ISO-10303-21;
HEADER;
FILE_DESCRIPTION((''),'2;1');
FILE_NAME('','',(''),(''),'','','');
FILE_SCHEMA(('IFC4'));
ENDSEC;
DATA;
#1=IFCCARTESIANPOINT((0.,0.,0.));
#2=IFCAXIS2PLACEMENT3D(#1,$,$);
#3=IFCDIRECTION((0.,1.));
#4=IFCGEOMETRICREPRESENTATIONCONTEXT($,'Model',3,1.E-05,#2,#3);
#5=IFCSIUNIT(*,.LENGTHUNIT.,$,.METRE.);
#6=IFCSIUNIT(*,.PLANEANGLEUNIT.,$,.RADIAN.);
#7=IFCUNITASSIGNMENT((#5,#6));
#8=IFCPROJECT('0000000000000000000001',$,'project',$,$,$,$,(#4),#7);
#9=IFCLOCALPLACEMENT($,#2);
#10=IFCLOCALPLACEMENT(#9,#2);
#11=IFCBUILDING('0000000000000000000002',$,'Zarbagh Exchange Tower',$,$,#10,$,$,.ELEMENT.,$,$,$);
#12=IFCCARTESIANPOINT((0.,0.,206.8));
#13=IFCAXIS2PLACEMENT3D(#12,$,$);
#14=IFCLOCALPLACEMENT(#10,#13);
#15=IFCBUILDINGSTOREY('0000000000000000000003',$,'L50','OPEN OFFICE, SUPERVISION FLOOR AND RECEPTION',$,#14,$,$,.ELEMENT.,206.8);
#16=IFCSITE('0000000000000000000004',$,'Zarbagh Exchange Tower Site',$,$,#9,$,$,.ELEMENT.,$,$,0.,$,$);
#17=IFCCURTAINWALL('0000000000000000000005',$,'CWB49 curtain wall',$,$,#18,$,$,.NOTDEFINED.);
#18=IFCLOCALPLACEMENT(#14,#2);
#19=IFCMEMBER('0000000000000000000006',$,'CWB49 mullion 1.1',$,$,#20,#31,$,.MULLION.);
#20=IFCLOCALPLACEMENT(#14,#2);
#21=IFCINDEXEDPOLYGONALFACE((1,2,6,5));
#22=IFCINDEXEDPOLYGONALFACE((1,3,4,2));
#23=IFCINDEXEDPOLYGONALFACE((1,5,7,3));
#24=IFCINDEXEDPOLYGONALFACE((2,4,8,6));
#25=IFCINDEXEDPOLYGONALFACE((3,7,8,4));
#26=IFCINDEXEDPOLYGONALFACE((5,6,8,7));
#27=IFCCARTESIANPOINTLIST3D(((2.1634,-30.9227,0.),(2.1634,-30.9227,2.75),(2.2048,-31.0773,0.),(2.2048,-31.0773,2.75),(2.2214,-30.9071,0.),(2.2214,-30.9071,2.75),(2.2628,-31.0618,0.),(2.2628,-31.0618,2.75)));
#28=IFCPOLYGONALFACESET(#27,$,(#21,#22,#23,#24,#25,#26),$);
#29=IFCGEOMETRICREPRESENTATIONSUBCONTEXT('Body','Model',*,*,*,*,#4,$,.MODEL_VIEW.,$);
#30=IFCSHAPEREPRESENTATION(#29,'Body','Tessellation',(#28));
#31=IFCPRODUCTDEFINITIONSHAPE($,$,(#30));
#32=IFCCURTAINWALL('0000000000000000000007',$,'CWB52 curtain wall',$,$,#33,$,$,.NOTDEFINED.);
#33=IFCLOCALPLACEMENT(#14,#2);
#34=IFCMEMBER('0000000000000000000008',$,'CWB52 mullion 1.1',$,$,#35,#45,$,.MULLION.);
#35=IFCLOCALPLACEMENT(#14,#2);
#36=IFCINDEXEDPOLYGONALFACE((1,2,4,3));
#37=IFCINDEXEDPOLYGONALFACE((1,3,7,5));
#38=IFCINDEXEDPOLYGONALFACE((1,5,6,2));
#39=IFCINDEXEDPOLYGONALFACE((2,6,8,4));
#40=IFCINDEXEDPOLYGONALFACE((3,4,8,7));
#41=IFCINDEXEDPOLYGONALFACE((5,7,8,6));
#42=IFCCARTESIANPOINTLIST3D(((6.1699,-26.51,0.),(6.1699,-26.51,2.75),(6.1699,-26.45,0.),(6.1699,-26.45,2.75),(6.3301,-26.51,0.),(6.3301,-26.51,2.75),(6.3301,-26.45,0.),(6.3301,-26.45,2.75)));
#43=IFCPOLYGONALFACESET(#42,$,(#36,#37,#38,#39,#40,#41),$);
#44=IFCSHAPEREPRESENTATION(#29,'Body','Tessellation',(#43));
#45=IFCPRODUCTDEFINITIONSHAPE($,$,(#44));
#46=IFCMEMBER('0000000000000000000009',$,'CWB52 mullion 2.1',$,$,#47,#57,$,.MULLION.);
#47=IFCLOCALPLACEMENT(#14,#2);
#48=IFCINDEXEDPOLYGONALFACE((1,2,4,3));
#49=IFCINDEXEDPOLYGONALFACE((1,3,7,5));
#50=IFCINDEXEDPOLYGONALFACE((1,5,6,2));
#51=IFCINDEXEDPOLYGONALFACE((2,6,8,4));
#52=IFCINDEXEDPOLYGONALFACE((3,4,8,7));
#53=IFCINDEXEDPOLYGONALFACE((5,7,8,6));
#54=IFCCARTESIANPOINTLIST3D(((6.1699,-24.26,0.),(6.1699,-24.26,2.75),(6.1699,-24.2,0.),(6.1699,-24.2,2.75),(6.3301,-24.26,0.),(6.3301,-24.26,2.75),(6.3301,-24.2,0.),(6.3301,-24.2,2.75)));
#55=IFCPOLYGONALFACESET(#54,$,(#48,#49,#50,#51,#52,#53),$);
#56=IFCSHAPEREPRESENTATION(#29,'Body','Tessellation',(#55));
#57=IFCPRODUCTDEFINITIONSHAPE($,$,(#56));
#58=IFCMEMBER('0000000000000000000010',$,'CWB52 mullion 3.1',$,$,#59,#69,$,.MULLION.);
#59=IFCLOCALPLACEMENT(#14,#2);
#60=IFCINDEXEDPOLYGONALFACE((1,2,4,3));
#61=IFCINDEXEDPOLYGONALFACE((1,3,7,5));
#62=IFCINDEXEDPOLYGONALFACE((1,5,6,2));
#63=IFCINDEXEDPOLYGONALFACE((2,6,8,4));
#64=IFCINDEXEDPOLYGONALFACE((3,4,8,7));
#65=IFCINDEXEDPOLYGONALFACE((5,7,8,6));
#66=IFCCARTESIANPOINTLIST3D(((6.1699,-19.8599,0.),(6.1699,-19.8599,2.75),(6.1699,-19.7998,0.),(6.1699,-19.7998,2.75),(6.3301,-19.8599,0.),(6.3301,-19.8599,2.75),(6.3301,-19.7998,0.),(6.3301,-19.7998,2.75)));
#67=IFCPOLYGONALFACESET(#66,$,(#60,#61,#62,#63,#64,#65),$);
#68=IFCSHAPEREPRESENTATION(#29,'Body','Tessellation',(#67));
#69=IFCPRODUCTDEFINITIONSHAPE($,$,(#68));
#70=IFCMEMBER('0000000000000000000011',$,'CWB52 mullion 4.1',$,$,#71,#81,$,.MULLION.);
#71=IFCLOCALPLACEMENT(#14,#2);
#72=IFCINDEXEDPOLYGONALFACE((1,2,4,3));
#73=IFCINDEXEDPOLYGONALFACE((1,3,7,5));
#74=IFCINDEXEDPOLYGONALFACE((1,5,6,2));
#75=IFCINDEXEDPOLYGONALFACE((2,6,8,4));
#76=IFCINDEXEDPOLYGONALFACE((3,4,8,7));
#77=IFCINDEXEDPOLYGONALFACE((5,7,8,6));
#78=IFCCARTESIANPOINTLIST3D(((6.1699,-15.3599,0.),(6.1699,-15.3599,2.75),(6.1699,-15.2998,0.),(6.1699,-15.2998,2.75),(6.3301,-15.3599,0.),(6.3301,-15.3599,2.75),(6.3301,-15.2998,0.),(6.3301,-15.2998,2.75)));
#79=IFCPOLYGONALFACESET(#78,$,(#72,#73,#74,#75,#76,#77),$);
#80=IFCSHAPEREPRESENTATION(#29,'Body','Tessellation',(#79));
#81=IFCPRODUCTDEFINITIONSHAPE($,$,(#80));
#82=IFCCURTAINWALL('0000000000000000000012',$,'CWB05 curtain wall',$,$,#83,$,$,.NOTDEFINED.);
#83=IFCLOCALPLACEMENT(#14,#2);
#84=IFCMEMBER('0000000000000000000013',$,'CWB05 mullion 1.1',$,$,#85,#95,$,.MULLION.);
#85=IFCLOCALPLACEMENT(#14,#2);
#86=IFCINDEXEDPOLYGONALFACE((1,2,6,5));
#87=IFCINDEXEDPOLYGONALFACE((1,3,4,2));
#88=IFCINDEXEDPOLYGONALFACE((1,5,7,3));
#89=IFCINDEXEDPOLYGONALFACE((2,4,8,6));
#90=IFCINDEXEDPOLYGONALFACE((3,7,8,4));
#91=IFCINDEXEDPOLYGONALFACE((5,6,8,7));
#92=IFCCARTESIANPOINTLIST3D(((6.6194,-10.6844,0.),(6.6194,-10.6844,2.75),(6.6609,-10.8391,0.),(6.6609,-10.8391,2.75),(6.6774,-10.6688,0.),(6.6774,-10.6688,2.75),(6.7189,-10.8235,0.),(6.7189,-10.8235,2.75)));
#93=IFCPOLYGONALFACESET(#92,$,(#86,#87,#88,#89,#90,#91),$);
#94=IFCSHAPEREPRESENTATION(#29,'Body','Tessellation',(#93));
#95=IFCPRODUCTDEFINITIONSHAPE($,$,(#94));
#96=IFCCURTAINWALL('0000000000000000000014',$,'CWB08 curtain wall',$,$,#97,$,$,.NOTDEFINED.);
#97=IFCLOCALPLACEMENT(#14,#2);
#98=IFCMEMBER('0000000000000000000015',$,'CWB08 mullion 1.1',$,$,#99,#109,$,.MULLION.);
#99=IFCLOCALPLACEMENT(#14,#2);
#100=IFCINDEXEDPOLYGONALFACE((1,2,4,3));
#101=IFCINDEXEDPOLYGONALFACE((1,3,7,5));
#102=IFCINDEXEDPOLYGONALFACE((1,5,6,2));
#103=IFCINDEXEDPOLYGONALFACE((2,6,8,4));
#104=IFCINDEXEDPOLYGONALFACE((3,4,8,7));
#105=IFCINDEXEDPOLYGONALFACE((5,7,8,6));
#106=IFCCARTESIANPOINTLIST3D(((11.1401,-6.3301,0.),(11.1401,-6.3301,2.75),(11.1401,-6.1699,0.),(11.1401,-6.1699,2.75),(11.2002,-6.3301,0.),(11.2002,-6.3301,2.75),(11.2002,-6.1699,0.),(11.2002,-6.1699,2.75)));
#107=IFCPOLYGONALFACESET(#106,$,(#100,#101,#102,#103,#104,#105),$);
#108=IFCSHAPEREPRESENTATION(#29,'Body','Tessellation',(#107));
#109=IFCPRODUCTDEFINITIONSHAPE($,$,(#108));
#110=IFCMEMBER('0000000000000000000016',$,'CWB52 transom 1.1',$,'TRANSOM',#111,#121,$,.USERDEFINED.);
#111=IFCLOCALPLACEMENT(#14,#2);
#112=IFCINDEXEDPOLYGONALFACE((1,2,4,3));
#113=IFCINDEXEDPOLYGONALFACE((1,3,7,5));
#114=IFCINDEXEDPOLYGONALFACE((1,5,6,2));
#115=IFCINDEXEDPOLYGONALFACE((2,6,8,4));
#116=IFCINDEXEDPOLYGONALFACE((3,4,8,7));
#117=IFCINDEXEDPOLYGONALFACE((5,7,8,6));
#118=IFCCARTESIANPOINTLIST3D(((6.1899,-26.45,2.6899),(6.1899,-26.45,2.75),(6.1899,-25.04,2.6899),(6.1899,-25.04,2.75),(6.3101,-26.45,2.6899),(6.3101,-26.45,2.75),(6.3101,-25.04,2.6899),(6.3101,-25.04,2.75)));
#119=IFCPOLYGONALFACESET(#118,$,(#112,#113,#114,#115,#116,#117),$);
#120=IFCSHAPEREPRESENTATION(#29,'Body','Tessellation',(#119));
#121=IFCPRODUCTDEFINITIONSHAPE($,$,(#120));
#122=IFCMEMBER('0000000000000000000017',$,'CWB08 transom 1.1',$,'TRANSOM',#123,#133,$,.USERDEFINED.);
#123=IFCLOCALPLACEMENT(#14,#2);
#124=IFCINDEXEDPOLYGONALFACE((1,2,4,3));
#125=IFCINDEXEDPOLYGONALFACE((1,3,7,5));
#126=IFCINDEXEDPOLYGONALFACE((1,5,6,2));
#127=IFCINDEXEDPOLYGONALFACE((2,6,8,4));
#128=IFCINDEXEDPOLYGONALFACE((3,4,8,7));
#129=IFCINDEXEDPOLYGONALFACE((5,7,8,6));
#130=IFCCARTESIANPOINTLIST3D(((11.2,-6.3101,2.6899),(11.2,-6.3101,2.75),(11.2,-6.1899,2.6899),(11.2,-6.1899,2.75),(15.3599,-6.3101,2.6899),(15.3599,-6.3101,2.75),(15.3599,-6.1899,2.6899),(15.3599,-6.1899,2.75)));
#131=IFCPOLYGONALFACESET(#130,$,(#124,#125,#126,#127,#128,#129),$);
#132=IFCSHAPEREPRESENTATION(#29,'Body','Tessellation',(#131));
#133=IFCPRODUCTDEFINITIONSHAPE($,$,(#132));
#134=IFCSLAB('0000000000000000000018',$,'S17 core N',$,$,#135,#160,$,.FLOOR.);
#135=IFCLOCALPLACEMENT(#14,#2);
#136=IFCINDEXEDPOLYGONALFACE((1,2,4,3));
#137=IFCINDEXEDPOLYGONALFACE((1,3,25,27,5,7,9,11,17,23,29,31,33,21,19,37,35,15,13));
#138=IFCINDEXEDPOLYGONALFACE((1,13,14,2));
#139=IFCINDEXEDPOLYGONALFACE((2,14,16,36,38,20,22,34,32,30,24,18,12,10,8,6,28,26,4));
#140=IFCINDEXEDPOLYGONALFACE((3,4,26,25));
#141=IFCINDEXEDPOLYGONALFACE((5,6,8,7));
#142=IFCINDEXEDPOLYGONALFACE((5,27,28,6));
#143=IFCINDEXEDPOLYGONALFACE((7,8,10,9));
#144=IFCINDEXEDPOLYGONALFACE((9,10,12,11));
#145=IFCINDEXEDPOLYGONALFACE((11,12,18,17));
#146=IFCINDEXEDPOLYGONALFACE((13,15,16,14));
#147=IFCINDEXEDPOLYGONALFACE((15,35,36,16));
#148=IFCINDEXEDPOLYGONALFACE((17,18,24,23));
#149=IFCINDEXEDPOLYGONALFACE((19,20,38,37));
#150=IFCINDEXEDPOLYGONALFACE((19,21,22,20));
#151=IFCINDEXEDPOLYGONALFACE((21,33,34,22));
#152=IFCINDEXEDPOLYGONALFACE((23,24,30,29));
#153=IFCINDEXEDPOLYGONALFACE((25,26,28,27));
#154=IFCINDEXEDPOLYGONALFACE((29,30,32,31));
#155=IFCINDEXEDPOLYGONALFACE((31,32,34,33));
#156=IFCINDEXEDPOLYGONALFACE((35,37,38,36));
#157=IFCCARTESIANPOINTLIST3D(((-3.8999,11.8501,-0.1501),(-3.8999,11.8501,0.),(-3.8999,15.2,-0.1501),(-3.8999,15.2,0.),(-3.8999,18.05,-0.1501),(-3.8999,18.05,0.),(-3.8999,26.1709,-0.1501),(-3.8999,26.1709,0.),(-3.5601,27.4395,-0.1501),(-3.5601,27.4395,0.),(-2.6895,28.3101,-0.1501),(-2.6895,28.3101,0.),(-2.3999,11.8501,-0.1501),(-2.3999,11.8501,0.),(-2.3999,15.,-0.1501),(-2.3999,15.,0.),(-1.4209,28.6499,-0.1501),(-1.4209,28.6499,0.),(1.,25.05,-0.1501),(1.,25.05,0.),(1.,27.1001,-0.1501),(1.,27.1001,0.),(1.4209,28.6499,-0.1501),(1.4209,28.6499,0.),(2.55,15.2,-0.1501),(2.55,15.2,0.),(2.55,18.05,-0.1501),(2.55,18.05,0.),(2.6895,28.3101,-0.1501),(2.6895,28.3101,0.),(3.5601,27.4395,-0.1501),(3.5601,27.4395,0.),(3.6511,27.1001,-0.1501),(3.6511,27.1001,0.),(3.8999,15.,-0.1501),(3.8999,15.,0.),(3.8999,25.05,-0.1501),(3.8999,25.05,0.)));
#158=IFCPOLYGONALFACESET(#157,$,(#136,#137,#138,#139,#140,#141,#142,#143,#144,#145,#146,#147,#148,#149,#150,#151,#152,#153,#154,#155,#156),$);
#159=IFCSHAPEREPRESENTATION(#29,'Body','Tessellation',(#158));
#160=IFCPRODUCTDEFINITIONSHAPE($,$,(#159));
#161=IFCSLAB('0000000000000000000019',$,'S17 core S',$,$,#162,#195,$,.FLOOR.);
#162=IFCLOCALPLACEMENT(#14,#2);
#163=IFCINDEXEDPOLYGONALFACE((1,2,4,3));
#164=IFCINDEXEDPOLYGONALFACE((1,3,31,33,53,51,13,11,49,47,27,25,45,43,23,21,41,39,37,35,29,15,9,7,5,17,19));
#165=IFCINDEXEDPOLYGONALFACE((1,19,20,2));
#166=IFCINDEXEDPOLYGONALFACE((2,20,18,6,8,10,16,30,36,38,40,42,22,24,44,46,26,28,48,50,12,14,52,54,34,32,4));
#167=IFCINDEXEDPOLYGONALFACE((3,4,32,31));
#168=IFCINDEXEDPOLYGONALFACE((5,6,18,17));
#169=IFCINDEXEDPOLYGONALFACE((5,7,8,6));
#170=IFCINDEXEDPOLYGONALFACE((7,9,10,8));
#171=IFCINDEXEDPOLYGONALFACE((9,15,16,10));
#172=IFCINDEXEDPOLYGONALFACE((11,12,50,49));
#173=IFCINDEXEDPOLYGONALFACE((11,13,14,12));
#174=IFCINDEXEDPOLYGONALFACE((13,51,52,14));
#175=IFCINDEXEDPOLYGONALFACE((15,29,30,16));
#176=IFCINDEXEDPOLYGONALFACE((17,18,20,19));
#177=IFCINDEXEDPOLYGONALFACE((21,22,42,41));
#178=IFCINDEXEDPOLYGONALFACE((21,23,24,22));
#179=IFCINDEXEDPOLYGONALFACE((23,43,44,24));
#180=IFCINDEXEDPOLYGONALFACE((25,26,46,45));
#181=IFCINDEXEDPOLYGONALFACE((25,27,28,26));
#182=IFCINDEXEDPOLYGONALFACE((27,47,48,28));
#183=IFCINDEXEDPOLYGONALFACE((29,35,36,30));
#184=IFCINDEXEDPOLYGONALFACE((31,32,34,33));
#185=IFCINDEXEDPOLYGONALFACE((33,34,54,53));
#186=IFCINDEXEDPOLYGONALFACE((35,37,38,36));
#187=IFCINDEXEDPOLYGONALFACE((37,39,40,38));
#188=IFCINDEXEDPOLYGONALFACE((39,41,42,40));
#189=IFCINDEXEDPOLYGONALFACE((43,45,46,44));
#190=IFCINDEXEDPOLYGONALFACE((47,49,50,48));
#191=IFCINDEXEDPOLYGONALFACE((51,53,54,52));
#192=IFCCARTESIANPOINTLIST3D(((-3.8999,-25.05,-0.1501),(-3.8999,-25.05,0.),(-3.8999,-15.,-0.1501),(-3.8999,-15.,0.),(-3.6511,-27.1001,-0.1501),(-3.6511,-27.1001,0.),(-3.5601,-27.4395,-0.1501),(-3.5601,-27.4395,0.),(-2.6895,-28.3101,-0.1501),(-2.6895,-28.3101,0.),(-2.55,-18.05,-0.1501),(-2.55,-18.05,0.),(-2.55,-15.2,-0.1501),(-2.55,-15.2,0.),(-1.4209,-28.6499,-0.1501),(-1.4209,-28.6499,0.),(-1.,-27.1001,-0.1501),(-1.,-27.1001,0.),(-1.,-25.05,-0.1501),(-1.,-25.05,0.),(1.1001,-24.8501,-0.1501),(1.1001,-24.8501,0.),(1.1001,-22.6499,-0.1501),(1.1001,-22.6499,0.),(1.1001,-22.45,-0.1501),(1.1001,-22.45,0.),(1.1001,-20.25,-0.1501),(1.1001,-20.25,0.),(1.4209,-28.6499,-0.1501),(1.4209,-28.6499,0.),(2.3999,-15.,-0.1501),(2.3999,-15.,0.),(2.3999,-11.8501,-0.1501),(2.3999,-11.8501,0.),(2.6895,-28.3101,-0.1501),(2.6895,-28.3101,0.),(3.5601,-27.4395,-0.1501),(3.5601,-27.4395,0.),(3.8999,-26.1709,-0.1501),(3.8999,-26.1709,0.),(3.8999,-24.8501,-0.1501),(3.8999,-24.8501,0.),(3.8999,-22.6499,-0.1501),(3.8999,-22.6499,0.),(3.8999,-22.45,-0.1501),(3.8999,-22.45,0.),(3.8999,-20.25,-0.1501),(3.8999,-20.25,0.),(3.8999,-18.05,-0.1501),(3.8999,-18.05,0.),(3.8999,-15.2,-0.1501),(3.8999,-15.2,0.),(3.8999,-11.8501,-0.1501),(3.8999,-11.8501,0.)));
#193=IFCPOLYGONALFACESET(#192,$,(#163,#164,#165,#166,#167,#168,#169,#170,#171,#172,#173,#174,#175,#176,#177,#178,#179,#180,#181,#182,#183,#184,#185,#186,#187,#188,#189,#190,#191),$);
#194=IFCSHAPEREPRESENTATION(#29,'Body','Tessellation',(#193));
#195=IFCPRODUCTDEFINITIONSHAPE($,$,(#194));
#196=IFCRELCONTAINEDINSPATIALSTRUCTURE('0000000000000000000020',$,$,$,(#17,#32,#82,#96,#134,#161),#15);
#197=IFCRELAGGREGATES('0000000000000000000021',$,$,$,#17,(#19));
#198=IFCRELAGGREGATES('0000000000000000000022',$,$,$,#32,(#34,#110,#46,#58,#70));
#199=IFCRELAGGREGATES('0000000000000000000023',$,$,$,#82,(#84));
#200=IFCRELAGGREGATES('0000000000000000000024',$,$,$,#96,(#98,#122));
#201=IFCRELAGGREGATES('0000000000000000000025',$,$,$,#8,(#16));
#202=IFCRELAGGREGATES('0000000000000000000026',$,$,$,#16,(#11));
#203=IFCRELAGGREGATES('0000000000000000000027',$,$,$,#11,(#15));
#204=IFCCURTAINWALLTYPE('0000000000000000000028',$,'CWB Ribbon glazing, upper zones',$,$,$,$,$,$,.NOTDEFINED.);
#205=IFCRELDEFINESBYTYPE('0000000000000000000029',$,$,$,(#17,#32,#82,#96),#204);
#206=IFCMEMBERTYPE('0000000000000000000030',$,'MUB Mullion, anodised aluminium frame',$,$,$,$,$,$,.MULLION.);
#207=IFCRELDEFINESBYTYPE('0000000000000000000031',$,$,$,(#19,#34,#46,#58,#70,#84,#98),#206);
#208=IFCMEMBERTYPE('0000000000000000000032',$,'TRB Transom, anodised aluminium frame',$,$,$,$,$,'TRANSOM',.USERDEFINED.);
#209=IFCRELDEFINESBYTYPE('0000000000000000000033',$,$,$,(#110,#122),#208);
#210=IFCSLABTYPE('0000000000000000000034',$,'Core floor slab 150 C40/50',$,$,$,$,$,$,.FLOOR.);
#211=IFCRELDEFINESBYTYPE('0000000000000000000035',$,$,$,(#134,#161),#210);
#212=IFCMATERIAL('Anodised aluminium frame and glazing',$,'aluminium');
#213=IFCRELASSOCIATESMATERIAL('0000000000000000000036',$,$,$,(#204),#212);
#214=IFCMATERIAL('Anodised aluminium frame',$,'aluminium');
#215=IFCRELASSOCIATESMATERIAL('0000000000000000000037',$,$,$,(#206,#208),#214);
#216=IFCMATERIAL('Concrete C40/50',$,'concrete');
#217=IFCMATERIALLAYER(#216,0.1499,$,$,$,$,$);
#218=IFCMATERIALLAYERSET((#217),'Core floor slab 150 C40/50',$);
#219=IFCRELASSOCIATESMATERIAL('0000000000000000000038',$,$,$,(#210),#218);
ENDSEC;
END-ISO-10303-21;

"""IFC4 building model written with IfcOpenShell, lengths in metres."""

from ifc_helpers import new_model, si_unit, direction, frame, origin, place, context, subcontext, project, spatial, polyline, outline, extrude, source, transform, mapped, material, layer, layer_set, type_object, element, aggregate, save


model = new_model("IFC4")

# Units and contexts
model_context = context("Model", 3, precision=1e-05, world=origin(), true_north=direction((0.0, 1.0)))
body_context = subcontext(model_context, "Body", "Model", "MODEL_VIEW")
ifc_project = project(units=[si_unit("LENGTHUNIT", "METRE"), si_unit("PLANEANGLEUNIT", "RADIAN")], contexts=[model_context])

# Site, building, storey
site_placement = place(None, origin())
site = spatial("IfcSite", under=ifc_project, at=site_placement, Name="Zarbagh Exchange Tower Site", CompositionType="ELEMENT", RefElevation=0.0)
building_placement = place(site_placement, origin())
building = spatial("IfcBuilding", under=site, at=building_placement, Name="Zarbagh Exchange Tower", CompositionType="ELEMENT")
storey_placement = place(building_placement, frame((0.0, 0.0, 206.8)))
storey = spatial("IfcBuildingStorey", under=building, at=storey_placement, Name="L50", Description="OPEN OFFICE, SUPERVISION FLOOR AND RECEPTION", CompositionType="ELEMENT", Elevation=206.8)

# Curtain wall, member
ifc_material_1 = material(Name="Anodised aluminium frame and glazing", Category="aluminium")
curtain_wall_type = type_object("IfcCurtainWallType", Name="CWB Ribbon glazing, upper zones", PredefinedType="NOTDEFINED", material=ifc_material_1)
curtain_wall_1_placement = place(storey_placement, origin())
curtain_wall_1 = element("IfcCurtainWall", 1, at=curtain_wall_1_placement, inside=storey, type_object=curtain_wall_type, Name="CWB49 curtain wall", PredefinedType="NOTDEFINED")
ifc_material_2 = material(Name="Anodised aluminium frame", Category="aluminium")
member_type_1 = type_object("IfcMemberType", Name="MUB Mullion, anodised aluminium frame", PredefinedType="MULLION", material=ifc_material_2)
shared_shape_1 = source(origin(), body_context, "Body", "SweptSolid", [
    extrude(outline(polyline([(0.0, -0.0801), (0.0601, -0.0801), (0.0601, 0.0801), (0.0, 0.0801), (0.0, -0.0801)])), origin(), (0.0, 0.0, 1.0), 2.75),
])
placement = place(storey_placement, origin())
member_1 = element("IfcMember", 2, at=placement, type_object=member_type_1, Name="CWB49 mullion 1.1", PredefinedType="MULLION", context=body_context, shape_type="MappedRepresentation", body=[
    mapped(shared_shape_1, transform((2.1841, -31.0, 0.0), x_axis=(0.965924, 0.258825, 0.0), y_axis=(-0.258825, 0.965924, 0.0), z_axis=(0.0, 0.0, 1.0))),
])

# Curtain wall, members
curtain_wall_2_placement = place(storey_placement, origin())
curtain_wall_2 = element("IfcCurtainWall", 3, at=curtain_wall_2_placement, inside=storey, type_object=curtain_wall_type, Name="CWB52 curtain wall", PredefinedType="NOTDEFINED")
member_2 = element("IfcMember", 4, at=placement, type_object=member_type_1, Name="CWB52 mullion 1.1", PredefinedType="MULLION", context=body_context, shape_type="MappedRepresentation", body=[
    mapped(shared_shape_1, transform((6.25, -26.51, 0.0), x_axis=(0.0, 1.0, 0.0), y_axis=(-1.0, 0.0, 0.0), z_axis=(0.0, 0.0, 1.0))),
])
member_3 = element("IfcMember", 5, at=placement, type_object=member_type_1, Name="CWB52 mullion 2.1", PredefinedType="MULLION", context=body_context, shape_type="MappedRepresentation", body=[
    mapped(shared_shape_1, transform((6.25, -24.26, 0.0), x_axis=(0.0, 1.0, 0.0), y_axis=(-1.0, 0.0, 0.0), z_axis=(0.0, 0.0, 1.0))),
])
member_4 = element("IfcMember", 6, at=placement, type_object=member_type_1, Name="CWB52 mullion 3.1", PredefinedType="MULLION", context=body_context, shape_type="MappedRepresentation", body=[
    mapped(shared_shape_1, transform((6.25, -19.8599, 0.0), x_axis=(0.0, 1.0, 0.0), y_axis=(-1.0, 0.0, 0.0), z_axis=(0.0, 0.0, 1.0))),
])
member_5 = element("IfcMember", 7, at=placement, type_object=member_type_1, Name="CWB52 mullion 4.1", PredefinedType="MULLION", context=body_context, shape_type="MappedRepresentation", body=[
    mapped(shared_shape_1, transform((6.25, -15.3599, 0.0), x_axis=(0.0, 1.0, 0.0), y_axis=(-1.0, 0.0, 0.0), z_axis=(0.0, 0.0, 1.0))),
])

# Curtain walls, members
curtain_wall_3_placement = place(storey_placement, origin())
curtain_wall_3 = element("IfcCurtainWall", 8, at=curtain_wall_3_placement, inside=storey, type_object=curtain_wall_type, Name="CWB05 curtain wall", PredefinedType="NOTDEFINED")
member_6 = element("IfcMember", 9, at=placement, type_object=member_type_1, Name="CWB05 mullion 1.1", PredefinedType="MULLION", context=body_context, shape_type="MappedRepresentation", body=[
    mapped(shared_shape_1, transform((6.6401, -10.7617, 0.0), x_axis=(0.965924, 0.258825, 0.0), y_axis=(-0.258825, 0.965924, 0.0), z_axis=(0.0, 0.0, 1.0))),
])
curtain_wall_4_placement = place(storey_placement, origin())
curtain_wall_4 = element("IfcCurtainWall", 10, at=curtain_wall_4_placement, inside=storey, type_object=curtain_wall_type, Name="CWB08 curtain wall", PredefinedType="NOTDEFINED")
member_7 = element("IfcMember", 11, at=placement, type_object=member_type_1, Name="CWB08 mullion 1.1", PredefinedType="MULLION", context=body_context, shape_type="MappedRepresentation", body=[
    mapped(shared_shape_1, transform((11.1401, -6.25, 0.0), x_axis=(1.0, 0.0, 0.0), y_axis=(0.0, 1.0, 0.0), z_axis=(0.0, 0.0, 1.0))),
])

# Members
member_type_2 = type_object("IfcMemberType", Name="TRB Transom, anodised aluminium frame", ElementType="TRANSOM", PredefinedType="USERDEFINED", material=ifc_material_2)
shared_shape_2 = source(origin(), body_context, "Body", "SweptSolid", [
    extrude(outline(polyline([(-0.0601, -0.0601), (0.0, -0.0601), (0.0, 0.0601), (-0.0601, 0.0601), (-0.0601, -0.0601)])), origin(), (0.0, 0.0, 1.0), 1.4099),
])
member_8 = element("IfcMember", 12, at=placement, type_object=member_type_2, Name="CWB52 transom 1.1", ObjectType="TRANSOM", PredefinedType="USERDEFINED", context=body_context, shape_type="MappedRepresentation", body=[
    mapped(shared_shape_2, transform((6.25, -26.45, 2.75), x_axis=(0.0, 0.0, 1.0), y_axis=(1.0, 0.0, 0.0), z_axis=(0.0, 1.0, 0.0))),
])
shared_shape_3 = source(origin(), body_context, "Body", "SweptSolid", [
    extrude(outline(polyline([(-0.0601, -0.0601), (0.0, -0.0601), (0.0, 0.0601), (-0.0601, 0.0601), (-0.0601, -0.0601)])), origin(), (0.0, 0.0, 1.0), 4.1599),
])
member_9 = element("IfcMember", 13, at=placement, type_object=member_type_2, Name="CWB08 transom 1.1", ObjectType="TRANSOM", PredefinedType="USERDEFINED", context=body_context, shape_type="MappedRepresentation", body=[
    mapped(shared_shape_3, transform((11.2, -6.25, 2.75), x_axis=(0.0, 0.0, 1.0), y_axis=(0.0, -1.0, 0.0), z_axis=(1.0, 0.0, 0.0))),
])

# Slabs
ifc_material_3 = material(Name="Concrete C40/50", Category="concrete")
ifc_layer_1 = layer(ifc_material_3, 0.1499)
ifc_layer_set_1 = layer_set([ifc_layer_1], Name="Core floor slab 150 C40/50")
slab_type = type_object("IfcSlabType", Name="Core floor slab 150 C40/50", PredefinedType="FLOOR", material=ifc_layer_set_1)
slab_1_placement = place(storey_placement, frame((0.0, 0.0, -0.1501)))
element("IfcSlab", 14, at=slab_1_placement, inside=storey, type_object=slab_type, Name="S17 core N", PredefinedType="FLOOR", context=body_context, shape_type="SweptSolid", body=[
    extrude(outline(polyline([(-3.8999, 11.8501), (-3.8999, 15.2), (2.55, 15.2), (2.55, 18.05), (-3.8999, 18.05), (-3.8999, 26.1709), (-3.5601, 27.4395), (-2.6895, 28.3101), (-1.4209, 28.6499), (1.4209, 28.6499), (2.6895, 28.3101), (3.5601, 27.4395), (3.6511, 27.1001), (1.0, 27.1001), (1.0, 25.05), (3.8999, 25.05), (3.8999, 15.0), (-2.3999, 15.0), (-2.3999, 11.8501), (-3.8999, 11.8501)])), origin(), (0.0, 0.0, 1.0), 0.1501),
])
slab_2_placement = place(storey_placement, frame((0.0, 0.0, -0.1501)))
element("IfcSlab", 15, at=slab_2_placement, inside=storey, type_object=slab_type, Name="S17 core S", PredefinedType="FLOOR", context=body_context, shape_type="SweptSolid", body=[
    extrude(outline(polyline([(-2.6895, -28.3101), (-3.5601, -27.4395), (-3.6511, -27.1001), (-1.0, -27.1001), (-1.0, -25.05), (-3.8999, -25.05), (-3.8999, -15.0), (2.3999, -15.0), (2.3999, -11.8501), (3.8999, -11.8501), (3.8999, -15.2), (-2.55, -15.2), (-2.55, -18.05), (3.8999, -18.05), (3.8999, -20.25), (1.1001, -20.25), (1.1001, -22.45), (3.8999, -22.45), (3.8999, -22.6499), (1.1001, -22.6499), (1.1001, -24.8501), (3.8999, -24.8501), (3.8999, -26.1709), (3.5601, -27.4395), (2.6895, -28.3101), (1.4209, -28.6499), (-1.4209, -28.6499), (-2.6895, -28.3101)])), origin(), (0.0, 0.0, 1.0), 0.1501),
])

aggregate(curtain_wall_1, [member_1])

aggregate(curtain_wall_2, [member_2, member_8, member_3, member_4, member_5])
aggregate(curtain_wall_3, [member_6])

aggregate(curtain_wall_4, [member_7, member_9])

save(model, "model.ifc")
